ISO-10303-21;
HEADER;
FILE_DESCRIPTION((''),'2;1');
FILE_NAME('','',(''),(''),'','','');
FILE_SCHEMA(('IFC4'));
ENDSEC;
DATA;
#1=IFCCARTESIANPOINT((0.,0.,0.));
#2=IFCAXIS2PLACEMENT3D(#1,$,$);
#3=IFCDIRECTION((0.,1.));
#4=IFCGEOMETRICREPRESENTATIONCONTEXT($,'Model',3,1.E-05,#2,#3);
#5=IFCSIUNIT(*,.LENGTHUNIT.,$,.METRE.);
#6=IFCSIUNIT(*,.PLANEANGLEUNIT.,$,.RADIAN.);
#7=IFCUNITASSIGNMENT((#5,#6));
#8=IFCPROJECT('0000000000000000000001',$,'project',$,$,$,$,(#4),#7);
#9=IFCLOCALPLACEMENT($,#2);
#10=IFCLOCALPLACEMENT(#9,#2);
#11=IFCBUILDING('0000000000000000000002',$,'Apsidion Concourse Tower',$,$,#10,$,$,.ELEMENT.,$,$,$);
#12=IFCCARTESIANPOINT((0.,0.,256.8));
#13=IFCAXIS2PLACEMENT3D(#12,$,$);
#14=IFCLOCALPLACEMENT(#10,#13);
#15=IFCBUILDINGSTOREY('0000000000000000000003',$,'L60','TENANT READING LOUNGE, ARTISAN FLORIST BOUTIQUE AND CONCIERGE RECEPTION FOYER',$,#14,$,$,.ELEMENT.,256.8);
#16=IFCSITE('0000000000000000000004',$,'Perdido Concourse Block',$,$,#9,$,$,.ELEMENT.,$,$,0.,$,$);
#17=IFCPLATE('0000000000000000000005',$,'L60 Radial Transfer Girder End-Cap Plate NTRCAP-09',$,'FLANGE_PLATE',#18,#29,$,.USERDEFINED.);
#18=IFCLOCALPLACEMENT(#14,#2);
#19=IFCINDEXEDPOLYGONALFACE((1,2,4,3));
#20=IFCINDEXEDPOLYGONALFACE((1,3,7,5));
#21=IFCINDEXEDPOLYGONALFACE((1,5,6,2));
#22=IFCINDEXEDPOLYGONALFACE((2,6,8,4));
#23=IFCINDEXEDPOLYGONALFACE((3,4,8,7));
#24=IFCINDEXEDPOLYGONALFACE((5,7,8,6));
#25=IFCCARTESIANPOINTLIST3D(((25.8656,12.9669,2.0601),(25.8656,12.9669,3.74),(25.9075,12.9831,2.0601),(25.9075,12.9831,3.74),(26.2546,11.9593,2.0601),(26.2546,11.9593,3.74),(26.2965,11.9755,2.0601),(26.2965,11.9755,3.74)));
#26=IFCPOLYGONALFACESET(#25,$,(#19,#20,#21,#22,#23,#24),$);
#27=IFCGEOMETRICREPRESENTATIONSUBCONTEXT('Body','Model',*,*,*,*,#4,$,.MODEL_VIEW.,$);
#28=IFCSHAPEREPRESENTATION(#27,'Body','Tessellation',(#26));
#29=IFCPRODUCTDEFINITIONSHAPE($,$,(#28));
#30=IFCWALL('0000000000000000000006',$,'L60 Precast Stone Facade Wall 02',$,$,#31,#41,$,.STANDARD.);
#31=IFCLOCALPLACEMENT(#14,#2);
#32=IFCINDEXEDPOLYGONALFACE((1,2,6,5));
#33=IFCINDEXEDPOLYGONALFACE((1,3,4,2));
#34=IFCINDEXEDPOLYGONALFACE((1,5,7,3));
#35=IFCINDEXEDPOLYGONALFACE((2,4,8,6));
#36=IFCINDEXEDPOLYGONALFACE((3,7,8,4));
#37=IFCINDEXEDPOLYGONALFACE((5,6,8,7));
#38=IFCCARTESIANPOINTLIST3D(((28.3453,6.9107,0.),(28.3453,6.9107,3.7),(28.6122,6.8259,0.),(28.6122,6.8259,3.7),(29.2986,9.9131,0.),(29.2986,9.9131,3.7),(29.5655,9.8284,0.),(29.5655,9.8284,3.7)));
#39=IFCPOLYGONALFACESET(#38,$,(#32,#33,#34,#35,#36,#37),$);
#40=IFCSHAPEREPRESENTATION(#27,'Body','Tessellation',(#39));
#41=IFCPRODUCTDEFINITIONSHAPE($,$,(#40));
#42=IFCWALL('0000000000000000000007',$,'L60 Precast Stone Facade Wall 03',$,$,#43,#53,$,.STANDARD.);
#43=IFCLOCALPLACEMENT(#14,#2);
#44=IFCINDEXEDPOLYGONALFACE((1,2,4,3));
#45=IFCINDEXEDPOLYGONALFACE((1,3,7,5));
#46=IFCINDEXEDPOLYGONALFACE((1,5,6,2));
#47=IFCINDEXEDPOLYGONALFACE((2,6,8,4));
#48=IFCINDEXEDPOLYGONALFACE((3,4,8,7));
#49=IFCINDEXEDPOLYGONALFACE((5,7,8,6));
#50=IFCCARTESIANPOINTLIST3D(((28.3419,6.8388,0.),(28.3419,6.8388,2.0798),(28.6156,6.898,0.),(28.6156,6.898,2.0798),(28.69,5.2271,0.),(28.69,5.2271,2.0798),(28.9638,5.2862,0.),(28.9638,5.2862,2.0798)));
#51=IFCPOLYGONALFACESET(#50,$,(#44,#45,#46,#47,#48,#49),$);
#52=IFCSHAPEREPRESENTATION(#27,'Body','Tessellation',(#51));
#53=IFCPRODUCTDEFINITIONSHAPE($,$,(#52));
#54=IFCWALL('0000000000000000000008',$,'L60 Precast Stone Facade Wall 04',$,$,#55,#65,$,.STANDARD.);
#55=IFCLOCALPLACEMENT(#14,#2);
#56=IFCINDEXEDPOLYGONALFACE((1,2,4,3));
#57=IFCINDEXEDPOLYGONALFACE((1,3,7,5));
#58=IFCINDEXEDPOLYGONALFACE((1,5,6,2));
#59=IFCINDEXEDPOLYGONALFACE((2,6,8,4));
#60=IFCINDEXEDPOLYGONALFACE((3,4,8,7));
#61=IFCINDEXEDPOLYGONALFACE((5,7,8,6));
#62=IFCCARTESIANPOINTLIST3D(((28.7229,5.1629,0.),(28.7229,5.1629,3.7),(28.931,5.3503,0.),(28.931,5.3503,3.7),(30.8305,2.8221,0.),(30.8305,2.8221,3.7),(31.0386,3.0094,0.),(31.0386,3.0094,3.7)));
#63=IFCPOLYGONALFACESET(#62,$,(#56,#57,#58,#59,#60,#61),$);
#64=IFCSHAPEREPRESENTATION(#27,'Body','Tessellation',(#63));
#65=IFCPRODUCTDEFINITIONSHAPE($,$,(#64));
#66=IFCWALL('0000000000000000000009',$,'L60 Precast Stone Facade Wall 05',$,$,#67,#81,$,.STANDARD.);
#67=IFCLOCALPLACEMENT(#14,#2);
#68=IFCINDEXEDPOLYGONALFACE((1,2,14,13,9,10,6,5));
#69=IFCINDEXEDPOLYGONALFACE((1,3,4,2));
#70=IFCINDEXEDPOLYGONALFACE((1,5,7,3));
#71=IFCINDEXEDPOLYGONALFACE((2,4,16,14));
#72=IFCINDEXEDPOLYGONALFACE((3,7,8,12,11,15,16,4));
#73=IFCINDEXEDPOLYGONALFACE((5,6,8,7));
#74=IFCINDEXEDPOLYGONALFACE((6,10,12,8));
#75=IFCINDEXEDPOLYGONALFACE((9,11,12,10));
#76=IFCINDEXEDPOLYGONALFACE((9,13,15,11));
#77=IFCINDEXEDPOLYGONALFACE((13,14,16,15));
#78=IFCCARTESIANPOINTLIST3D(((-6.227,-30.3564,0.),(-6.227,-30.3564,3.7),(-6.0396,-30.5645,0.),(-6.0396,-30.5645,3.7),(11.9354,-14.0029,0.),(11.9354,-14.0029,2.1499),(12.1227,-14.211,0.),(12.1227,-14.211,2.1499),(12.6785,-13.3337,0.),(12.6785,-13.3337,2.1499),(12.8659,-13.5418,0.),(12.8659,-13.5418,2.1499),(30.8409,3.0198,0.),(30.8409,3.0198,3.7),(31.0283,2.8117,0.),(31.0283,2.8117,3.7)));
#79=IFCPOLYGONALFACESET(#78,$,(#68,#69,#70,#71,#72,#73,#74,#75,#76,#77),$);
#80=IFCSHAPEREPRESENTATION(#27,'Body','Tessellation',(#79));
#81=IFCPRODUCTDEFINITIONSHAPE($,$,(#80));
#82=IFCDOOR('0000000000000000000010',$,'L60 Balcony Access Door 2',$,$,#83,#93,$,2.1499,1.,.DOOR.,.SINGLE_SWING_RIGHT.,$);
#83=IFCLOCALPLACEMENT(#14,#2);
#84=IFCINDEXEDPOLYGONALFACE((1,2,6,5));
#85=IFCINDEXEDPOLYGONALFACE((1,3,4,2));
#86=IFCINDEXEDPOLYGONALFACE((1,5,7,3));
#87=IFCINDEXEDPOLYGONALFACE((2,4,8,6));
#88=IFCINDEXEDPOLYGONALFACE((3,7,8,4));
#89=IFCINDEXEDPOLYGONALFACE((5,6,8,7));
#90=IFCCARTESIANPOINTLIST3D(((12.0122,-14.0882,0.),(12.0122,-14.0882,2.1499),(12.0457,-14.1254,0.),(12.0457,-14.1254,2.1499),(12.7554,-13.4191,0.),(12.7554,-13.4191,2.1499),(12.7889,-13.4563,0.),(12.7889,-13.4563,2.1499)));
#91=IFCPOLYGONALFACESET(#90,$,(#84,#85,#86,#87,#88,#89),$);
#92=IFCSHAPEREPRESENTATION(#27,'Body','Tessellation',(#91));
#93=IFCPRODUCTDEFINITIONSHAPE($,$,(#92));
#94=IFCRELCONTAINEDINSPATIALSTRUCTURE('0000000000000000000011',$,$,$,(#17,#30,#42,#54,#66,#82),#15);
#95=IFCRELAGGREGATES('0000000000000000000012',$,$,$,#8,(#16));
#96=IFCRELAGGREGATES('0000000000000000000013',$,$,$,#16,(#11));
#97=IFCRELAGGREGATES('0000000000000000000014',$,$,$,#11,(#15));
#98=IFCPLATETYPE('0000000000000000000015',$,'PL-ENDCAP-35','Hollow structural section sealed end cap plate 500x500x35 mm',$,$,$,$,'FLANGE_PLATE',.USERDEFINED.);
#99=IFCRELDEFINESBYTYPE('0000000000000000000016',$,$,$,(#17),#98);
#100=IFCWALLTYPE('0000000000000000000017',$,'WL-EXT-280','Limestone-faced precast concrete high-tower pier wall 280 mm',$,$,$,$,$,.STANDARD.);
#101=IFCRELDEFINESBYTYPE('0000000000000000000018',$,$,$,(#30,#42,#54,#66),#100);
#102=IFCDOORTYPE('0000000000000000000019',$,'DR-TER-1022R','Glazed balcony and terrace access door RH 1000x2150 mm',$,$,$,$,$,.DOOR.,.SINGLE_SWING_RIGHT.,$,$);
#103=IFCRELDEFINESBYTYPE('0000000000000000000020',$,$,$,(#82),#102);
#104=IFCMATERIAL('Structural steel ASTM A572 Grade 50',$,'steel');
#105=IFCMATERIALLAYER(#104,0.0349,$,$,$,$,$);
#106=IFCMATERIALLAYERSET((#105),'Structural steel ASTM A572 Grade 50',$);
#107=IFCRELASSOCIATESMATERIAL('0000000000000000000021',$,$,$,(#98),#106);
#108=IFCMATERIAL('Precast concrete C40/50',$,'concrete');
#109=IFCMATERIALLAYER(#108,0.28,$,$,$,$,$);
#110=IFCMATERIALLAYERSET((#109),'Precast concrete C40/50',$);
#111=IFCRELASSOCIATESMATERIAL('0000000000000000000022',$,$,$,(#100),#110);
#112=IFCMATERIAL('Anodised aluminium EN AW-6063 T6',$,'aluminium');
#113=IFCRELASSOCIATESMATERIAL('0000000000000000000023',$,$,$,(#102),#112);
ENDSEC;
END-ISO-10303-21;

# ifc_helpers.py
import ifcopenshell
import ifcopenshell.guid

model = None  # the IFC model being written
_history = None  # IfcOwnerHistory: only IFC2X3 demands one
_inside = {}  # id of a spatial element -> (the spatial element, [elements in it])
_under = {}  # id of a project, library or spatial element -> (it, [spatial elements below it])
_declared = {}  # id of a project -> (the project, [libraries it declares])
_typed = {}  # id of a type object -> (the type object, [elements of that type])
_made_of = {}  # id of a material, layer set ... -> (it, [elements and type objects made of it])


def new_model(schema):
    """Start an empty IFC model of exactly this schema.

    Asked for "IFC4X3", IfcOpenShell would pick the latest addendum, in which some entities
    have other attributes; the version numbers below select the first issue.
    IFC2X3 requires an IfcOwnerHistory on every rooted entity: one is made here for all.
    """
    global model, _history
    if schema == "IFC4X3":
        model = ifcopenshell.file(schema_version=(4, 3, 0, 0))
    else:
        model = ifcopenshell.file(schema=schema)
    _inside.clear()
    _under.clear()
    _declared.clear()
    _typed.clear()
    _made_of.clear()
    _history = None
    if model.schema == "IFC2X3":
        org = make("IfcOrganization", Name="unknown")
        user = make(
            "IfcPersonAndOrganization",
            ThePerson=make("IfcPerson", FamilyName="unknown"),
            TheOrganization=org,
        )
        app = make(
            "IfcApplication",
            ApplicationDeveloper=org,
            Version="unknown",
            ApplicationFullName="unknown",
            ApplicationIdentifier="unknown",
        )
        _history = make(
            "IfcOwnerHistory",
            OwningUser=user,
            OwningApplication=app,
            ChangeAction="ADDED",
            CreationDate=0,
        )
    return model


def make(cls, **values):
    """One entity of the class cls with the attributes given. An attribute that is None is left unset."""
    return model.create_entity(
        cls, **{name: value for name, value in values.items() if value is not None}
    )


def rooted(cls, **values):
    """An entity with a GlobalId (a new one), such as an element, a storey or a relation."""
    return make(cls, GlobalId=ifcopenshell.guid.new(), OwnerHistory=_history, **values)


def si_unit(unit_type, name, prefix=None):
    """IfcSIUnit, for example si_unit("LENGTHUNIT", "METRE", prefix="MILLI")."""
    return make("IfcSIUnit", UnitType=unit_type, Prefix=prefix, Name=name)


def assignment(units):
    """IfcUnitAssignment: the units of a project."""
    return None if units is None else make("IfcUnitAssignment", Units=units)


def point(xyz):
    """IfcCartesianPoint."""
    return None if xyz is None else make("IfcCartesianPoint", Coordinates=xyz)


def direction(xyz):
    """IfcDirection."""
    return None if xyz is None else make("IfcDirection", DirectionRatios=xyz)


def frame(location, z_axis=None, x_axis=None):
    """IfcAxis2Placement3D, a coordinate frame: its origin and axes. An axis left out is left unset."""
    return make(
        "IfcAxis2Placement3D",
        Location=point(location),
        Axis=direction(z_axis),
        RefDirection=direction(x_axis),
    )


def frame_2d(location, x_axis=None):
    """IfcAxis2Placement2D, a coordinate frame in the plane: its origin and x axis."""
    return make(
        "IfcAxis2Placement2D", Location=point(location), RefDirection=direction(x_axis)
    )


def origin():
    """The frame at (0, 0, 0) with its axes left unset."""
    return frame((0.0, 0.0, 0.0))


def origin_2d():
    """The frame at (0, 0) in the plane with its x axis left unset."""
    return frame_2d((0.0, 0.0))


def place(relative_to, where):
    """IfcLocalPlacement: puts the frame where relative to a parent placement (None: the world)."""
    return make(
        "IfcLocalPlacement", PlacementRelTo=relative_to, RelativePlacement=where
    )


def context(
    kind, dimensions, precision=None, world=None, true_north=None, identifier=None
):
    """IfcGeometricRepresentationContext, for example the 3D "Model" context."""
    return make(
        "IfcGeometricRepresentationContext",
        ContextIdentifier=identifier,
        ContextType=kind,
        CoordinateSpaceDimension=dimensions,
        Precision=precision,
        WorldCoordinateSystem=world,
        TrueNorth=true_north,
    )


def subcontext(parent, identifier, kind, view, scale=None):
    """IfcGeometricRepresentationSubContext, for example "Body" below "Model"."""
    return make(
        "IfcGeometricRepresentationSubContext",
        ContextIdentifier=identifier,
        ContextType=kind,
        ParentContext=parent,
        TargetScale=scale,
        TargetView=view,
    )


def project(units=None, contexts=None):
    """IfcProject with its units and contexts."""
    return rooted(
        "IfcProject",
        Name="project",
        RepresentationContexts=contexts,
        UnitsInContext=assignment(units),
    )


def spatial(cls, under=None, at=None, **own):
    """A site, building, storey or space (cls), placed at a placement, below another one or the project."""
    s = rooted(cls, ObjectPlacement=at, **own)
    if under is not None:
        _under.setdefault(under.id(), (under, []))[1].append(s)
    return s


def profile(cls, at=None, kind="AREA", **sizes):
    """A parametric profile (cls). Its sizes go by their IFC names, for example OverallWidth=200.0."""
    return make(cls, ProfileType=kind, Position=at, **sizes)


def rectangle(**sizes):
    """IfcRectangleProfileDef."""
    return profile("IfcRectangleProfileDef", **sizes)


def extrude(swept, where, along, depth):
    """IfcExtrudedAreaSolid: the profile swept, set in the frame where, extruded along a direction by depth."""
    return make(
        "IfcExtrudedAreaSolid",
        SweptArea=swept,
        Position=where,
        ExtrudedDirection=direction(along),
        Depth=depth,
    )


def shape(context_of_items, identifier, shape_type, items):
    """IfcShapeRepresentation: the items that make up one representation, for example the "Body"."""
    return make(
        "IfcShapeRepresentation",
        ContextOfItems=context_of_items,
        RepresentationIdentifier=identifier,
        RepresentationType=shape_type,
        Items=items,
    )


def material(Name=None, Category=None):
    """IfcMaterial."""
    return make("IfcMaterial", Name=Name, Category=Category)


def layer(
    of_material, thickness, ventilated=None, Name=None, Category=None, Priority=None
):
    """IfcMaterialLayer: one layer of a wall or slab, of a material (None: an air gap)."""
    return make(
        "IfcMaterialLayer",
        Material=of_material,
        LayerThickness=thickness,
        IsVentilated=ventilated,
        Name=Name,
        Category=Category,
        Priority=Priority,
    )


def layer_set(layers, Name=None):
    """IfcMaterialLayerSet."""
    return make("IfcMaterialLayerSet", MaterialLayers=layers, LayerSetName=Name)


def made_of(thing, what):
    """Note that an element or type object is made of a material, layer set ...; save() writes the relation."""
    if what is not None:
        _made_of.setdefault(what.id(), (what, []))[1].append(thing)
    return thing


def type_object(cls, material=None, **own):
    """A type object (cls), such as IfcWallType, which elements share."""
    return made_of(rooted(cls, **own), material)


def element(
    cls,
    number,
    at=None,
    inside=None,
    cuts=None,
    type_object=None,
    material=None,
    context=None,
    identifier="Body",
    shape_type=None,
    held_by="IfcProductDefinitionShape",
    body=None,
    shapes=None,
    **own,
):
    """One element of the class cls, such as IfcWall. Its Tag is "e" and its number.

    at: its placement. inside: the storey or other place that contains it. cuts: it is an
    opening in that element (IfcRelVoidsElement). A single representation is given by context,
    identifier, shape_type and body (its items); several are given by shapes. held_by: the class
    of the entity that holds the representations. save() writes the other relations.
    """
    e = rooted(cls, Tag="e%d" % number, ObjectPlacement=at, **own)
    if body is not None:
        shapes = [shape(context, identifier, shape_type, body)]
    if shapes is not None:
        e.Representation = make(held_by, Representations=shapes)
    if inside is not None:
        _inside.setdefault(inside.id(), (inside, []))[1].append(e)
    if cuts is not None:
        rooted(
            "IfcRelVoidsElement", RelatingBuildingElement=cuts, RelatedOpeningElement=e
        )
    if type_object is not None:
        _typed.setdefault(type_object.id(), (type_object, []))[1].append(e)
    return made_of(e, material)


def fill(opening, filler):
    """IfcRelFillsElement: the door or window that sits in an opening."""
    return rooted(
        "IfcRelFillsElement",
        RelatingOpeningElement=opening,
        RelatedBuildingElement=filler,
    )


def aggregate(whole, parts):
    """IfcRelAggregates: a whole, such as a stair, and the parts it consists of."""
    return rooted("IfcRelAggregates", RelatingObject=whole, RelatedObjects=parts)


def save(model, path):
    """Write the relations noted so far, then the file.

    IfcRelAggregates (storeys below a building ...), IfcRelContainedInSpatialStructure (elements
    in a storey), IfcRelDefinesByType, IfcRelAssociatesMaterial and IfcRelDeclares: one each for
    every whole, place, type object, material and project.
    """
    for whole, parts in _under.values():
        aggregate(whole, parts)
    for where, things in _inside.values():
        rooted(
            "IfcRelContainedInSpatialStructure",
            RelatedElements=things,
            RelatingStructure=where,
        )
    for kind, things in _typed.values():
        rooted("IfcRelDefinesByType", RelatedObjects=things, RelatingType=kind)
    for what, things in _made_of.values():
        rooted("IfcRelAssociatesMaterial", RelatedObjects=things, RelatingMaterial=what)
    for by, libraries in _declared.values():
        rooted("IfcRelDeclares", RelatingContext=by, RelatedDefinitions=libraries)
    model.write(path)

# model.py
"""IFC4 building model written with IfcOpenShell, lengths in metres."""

from ifc_helpers import new_model, si_unit, direction, frame, frame_2d, origin, origin_2d, place, context, subcontext, project, spatial, rectangle, extrude, material, layer, layer_set, type_object, element, fill, save


model = new_model("IFC4")

# Units and contexts
model_context = context("Model", 3, precision=1e-05, world=origin(), true_north=direction((0.0, 1.0)))
body_context = subcontext(model_context, "Body", "Model", "MODEL_VIEW")
ifc_project = project(units=[si_unit("LENGTHUNIT", "METRE"), si_unit("PLANEANGLEUNIT", "RADIAN")], contexts=[model_context])

# Site, building, storey
site_placement = place(None, origin())
site = spatial("IfcSite", under=ifc_project, at=site_placement, Name="Perdido Concourse Block", CompositionType="ELEMENT", RefElevation=0.0)
building_placement = place(site_placement, origin())
building = spatial("IfcBuilding", under=site, at=building_placement, Name="Apsidion Concourse Tower", CompositionType="ELEMENT")
storey_placement = place(building_placement, frame((0.0, 0.0, 256.8)))
storey = spatial("IfcBuildingStorey", under=building, at=storey_placement, Name="L60", Description="TENANT READING LOUNGE, ARTISAN FLORIST BOUTIQUE AND CONCIERGE RECEPTION FOYER", CompositionType="ELEMENT", Elevation=256.8)

# Shared definitions
ifc_material_1 = material(Name="Structural steel ASTM A572 Grade 50", Category="steel")

# Plate
ifc_layer_1 = layer(ifc_material_1, 0.0349)
ifc_layer_set_1 = layer_set([ifc_layer_1], Name="Structural steel ASTM A572 Grade 50")
plate_type = type_object("IfcPlateType", Name="PL-ENDCAP-35", Description="Hollow structural section sealed end cap plate 500x500x35 mm", ElementType="FLANGE_PLATE", PredefinedType="USERDEFINED", material=ifc_layer_set_1)
for number, where, z_axis, x_axis, name in (
    (1, (26.0811, 12.4712, 2.0601), (0.0, 0.0, 1.0), (0.932891, 0.36016, 0.0), "L60 Radial Transfer Girder End-Cap Plate NTRCAP-09"),
):
    element("IfcPlate", number, at=place(storey_placement, frame(where, z_axis=z_axis, x_axis=x_axis)), inside=storey, type_object=plate_type, Name=name, ObjectType="FLANGE_PLATE", PredefinedType="USERDEFINED", context=body_context, shape_type="SweptSolid", body=[
        extrude(rectangle(XDim=0.0449, YDim=1.0801, at=origin_2d()), origin(), (0.0, 0.0, 1.0), 1.6799),
    ])

# Walls
ifc_material_2 = material(Name="Precast concrete C40/50", Category="concrete")
ifc_layer_2 = layer(ifc_material_2, 0.28)
ifc_layer_set_2 = layer_set([ifc_layer_2], Name="Precast concrete C40/50")
wall_type = type_object("IfcWallType", Name="WL-EXT-280", Description="Limestone-faced precast concrete high-tower pier wall 280 mm", PredefinedType="STANDARD", material=ifc_layer_set_2)
wall_1_placement = place(storey_placement, frame((29.4321, 9.8708, 0.0), z_axis=(0.0, 0.0, 1.0), x_axis=(-0.302641, -0.953105, 0.0)))
element("IfcWall", 2, at=wall_1_placement, inside=storey, type_object=wall_type, Name="L60 Precast Stone Facade Wall 02", PredefinedType="STANDARD", context=body_context, shape_type="SweptSolid", body=[
    extrude(rectangle(XDim=3.1501, YDim=0.28, at=frame_2d((1.5752, 0.0))), origin(), (0.0, 0.0, 1.0), 3.7),
])
wall_2_placement = place(storey_placement, frame((28.4788, 6.8684, 0.0), z_axis=(0.0, 0.0, 1.0), x_axis=(0.211126, -0.977459, 0.0)))
element("IfcWall", 3, at=wall_2_placement, inside=storey, type_object=wall_type, Name="L60 Precast Stone Facade Wall 03", PredefinedType="STANDARD", context=body_context, shape_type="SweptSolid", body=[
    extrude(rectangle(XDim=1.6489, YDim=0.28, at=frame_2d((0.8245, 0.0))), origin(), (0.0, 0.0, 1.0), 2.0798),
])
wall_3_placement = place(storey_placement, frame((28.8269, 5.2566, 0.0), z_axis=(0.0, 0.0, 1.0), x_axis=(0.669127, -0.743148, 0.0)))
element("IfcWall", 4, at=wall_3_placement, inside=storey, type_object=wall_type, Name="L60 Precast Stone Facade Wall 04", PredefinedType="STANDARD", context=body_context, shape_type="SweptSolid", body=[
    extrude(rectangle(XDim=3.1499, YDim=0.28, at=frame_2d((1.575, 0.0))), origin(), (0.0, 0.0, 1.0), 3.7),
])

# Wall, opening, door
wall_4_placement = place(storey_placement, frame((30.9346, 2.9158, 0.0), z_axis=(0.0, 0.0, 1.0), x_axis=(-0.743143, -0.669132, 0.0)))
wall_4 = element("IfcWall", 5, at=wall_4_placement, inside=storey, type_object=wall_type, Name="L60 Precast Stone Facade Wall 05", PredefinedType="STANDARD", context=body_context, shape_type="SweptSolid", body=[
    extrude(rectangle(XDim=49.8799, YDim=0.28, at=frame_2d((24.9399, 0.0))), origin(), (0.0, 0.0, 1.0), 3.7),
])
opening_placement = place(wall_4_placement, frame((24.4399, 0.0, 0.0)))
opening = element("IfcOpeningElement", 6, at=opening_placement, cuts=wall_4, PredefinedType="OPENING", context=body_context, shape_type="SweptSolid", body=[
    extrude(rectangle(XDim=1.0, YDim=2.1499, at=frame_2d((0.5, 1.075))), frame((0.0, 0.1499, 0.0), z_axis=(0.0, -1.0, 0.0), x_axis=(1.0, 0.0, 0.0)), (0.0, 0.0, 1.0), 0.3),
])
ifc_material_3 = material(Name="Anodised aluminium EN AW-6063 T6", Category="aluminium")
door_type = type_object("IfcDoorType", Name="DR-TER-1022R", Description="Glazed balcony and terrace access door RH 1000x2150 mm", OperationType="SINGLE_SWING_RIGHT", PredefinedType="DOOR", material=ifc_material_3)
door_placement = place(opening_placement, origin())
door = element("IfcDoor", 7, at=door_placement, inside=storey, type_object=door_type, Name="L60 Balcony Access Door 2", OperationType="SINGLE_SWING_RIGHT", OverallHeight=2.1499, OverallWidth=1.0, PredefinedType="DOOR", context=body_context, shape_type="SweptSolid", body=[
    extrude(rectangle(XDim=1.0, YDim=2.1499, at=frame_2d((0.5, 1.075))), frame((0.0, 0.0249, 0.0), z_axis=(0.0, -1.0, 0.0), x_axis=(1.0, 0.0, 0.0)), (0.0, 0.0, 1.0), 0.05),
])
fill(opening, door)

save(model, "model.ifc")
